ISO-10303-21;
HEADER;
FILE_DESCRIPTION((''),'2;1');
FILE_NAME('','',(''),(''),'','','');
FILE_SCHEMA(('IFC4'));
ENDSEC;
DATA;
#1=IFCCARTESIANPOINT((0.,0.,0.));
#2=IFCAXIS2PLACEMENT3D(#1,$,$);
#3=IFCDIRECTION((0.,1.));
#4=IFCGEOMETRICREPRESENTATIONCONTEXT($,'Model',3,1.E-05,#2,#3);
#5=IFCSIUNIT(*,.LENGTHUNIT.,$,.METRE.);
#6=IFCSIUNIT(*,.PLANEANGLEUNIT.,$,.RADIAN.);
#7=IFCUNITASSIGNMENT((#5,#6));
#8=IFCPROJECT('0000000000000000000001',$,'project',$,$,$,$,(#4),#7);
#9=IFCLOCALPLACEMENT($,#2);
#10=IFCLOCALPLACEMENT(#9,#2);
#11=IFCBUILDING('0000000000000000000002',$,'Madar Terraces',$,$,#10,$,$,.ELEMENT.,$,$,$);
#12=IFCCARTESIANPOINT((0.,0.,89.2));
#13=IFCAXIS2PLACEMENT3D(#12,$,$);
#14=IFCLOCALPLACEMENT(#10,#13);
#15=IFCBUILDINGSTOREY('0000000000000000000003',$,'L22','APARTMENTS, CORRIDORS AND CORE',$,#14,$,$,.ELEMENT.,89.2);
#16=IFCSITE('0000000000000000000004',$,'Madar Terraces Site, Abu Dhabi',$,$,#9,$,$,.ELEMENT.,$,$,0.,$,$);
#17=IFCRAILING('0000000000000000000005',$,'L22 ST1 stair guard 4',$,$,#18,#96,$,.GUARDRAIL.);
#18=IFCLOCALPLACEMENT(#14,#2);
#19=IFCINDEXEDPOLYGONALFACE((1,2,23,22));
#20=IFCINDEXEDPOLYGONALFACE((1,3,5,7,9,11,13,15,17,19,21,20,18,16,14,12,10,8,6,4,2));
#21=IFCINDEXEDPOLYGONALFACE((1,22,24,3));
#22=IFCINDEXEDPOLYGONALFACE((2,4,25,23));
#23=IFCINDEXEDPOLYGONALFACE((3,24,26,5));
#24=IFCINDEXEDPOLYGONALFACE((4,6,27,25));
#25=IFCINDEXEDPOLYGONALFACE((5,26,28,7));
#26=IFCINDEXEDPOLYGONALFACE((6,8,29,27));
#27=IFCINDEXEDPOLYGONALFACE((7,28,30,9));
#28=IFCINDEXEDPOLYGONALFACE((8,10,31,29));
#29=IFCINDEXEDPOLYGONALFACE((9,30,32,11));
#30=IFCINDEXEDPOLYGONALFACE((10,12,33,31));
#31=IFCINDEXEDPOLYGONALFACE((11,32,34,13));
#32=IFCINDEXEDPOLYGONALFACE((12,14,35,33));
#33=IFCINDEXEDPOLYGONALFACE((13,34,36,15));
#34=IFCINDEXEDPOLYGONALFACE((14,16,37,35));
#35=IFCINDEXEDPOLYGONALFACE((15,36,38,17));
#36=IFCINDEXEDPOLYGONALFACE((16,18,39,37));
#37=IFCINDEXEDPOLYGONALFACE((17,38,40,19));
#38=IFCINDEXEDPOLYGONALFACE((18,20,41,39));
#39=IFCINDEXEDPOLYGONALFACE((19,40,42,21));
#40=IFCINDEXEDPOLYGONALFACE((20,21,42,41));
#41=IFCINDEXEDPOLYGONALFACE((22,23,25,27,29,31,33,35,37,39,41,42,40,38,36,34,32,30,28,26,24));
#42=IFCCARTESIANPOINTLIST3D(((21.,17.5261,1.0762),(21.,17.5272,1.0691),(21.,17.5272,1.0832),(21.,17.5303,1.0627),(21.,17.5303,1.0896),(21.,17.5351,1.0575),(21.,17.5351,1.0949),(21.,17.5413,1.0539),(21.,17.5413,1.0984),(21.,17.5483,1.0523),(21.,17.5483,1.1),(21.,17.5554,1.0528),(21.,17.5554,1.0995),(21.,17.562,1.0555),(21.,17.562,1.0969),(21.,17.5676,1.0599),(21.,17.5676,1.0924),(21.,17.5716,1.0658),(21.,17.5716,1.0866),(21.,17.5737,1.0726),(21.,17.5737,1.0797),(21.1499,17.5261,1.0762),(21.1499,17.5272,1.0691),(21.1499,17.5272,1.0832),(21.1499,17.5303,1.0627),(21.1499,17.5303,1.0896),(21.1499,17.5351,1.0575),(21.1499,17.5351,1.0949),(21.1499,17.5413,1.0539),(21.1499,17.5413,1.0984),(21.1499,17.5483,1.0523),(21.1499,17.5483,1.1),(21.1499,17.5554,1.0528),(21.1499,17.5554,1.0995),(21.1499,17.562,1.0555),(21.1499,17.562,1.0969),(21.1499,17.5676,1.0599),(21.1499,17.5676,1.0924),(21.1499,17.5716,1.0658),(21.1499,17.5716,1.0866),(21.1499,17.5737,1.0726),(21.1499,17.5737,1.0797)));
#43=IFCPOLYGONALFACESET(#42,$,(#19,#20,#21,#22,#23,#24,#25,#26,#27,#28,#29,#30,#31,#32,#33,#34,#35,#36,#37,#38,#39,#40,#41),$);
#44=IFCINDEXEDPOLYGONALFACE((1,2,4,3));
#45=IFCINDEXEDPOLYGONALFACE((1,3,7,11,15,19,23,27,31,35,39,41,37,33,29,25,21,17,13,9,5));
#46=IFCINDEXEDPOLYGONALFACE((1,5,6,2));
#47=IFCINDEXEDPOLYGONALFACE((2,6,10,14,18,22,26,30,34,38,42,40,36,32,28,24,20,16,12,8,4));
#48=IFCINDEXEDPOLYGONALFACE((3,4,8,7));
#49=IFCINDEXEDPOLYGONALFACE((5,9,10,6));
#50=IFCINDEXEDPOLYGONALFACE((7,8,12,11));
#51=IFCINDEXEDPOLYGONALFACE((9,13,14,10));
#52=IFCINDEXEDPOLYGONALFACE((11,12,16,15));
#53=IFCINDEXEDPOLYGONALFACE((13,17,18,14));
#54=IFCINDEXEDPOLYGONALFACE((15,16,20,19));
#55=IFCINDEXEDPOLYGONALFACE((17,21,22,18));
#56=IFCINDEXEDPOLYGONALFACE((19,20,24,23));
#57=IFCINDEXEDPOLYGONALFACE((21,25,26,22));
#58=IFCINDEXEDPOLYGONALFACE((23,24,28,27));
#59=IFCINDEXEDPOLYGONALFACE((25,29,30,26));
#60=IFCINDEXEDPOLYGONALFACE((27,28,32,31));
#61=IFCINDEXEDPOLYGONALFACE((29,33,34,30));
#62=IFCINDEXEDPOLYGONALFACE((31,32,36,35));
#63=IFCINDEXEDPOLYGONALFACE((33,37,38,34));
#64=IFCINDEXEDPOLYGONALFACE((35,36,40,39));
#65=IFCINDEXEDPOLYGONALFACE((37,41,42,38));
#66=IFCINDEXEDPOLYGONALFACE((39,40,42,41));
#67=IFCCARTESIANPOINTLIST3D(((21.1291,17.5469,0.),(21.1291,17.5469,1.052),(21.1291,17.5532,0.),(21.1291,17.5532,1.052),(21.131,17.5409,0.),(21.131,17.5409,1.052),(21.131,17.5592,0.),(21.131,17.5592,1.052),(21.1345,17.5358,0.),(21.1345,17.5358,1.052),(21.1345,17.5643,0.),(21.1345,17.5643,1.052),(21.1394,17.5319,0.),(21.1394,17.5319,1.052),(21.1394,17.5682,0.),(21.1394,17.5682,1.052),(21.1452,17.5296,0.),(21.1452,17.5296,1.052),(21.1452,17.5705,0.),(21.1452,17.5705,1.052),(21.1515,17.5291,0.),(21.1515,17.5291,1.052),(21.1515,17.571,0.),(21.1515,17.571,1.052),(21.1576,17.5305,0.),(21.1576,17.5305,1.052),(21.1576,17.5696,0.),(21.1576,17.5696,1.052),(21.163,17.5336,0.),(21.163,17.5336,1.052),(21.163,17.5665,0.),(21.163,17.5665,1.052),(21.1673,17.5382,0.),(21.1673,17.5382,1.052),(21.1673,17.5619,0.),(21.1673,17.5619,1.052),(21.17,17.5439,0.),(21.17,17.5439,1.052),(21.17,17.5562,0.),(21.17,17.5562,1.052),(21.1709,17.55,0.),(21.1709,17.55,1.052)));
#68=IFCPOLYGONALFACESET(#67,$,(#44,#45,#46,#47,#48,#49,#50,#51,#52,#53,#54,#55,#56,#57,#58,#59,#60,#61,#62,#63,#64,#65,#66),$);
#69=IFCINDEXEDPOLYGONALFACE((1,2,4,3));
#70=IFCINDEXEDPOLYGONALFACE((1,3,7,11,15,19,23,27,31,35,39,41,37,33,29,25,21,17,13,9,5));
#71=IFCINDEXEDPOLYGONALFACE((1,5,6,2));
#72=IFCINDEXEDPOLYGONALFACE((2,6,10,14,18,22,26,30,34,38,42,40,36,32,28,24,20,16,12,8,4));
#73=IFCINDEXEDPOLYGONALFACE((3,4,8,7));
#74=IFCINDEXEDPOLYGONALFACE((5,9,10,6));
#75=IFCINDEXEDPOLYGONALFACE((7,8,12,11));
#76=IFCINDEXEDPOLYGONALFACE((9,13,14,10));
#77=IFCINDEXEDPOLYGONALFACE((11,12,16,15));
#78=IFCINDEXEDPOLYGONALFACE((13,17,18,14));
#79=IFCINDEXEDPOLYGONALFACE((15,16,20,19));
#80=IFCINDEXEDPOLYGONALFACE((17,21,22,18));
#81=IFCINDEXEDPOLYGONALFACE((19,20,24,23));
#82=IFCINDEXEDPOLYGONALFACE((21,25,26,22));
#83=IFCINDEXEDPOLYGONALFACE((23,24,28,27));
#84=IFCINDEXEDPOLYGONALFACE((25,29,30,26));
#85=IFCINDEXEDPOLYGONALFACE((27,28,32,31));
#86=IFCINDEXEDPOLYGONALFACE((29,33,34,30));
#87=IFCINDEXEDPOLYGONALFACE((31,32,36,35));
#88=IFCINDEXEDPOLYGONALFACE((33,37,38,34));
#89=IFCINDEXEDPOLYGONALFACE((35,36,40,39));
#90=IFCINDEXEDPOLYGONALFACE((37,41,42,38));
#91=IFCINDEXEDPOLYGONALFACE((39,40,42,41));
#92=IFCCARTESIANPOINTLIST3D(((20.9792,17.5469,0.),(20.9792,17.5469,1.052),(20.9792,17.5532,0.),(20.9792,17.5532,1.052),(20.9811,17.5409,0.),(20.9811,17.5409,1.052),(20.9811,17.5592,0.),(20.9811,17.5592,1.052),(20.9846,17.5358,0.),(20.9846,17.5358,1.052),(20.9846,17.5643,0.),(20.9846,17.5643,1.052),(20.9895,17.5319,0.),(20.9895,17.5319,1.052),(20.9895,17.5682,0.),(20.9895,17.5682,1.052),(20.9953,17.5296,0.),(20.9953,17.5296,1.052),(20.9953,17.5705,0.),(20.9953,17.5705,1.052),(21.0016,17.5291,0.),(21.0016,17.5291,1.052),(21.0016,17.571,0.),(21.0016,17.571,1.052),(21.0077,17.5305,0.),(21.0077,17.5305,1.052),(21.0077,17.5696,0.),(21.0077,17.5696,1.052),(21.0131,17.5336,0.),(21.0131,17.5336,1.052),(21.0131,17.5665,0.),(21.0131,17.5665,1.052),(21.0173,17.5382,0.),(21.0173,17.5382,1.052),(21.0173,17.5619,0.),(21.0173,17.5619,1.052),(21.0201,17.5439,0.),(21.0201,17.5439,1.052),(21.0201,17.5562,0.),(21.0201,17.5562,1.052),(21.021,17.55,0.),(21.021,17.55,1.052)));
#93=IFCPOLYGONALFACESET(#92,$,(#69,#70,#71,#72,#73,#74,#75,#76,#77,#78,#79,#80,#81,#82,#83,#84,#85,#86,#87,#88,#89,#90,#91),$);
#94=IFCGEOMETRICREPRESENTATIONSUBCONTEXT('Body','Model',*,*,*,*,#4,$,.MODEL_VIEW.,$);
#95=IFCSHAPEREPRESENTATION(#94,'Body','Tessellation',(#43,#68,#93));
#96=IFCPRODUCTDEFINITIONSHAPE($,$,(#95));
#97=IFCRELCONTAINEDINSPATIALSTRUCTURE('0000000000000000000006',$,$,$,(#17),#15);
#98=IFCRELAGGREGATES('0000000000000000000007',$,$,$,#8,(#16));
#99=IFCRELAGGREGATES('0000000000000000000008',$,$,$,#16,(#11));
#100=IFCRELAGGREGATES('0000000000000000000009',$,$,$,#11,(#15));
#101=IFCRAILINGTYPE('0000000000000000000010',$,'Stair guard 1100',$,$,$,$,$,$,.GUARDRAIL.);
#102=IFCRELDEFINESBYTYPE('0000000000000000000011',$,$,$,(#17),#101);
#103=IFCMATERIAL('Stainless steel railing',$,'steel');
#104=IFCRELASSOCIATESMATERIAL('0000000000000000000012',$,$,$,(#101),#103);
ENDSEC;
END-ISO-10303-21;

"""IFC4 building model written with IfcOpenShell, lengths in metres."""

from ifc_helpers import new_model, si_unit, direction, frame, origin, origin_2d, place, context, subcontext, project, spatial, circle, extrude, material, type_object, element, save


model = new_model("IFC4")

# Units and contexts
model_context = context("Model", 3, precision=1e-05, world=origin(), true_north=direction((0.0, 1.0)))
body_context = subcontext(model_context, "Body", "Model", "MODEL_VIEW")
ifc_project = project(units=[si_unit("LENGTHUNIT", "METRE"), si_unit("PLANEANGLEUNIT", "RADIAN")], contexts=[model_context])

# Site, building, storey
site_placement = place(None, origin())
site = spatial("IfcSite", under=ifc_project, at=site_placement, Name="Madar Terraces Site, Abu Dhabi", CompositionType="ELEMENT", RefElevation=0.0)
building_placement = place(site_placement, origin())
building = spatial("IfcBuilding", under=site, at=building_placement, Name="Madar Terraces", CompositionType="ELEMENT")
storey_placement = place(building_placement, frame((0.0, 0.0, 89.2)))
storey = spatial("IfcBuildingStorey", under=building, at=storey_placement, Name="L22", Description="APARTMENTS, CORRIDORS AND CORE", CompositionType="ELEMENT", Elevation=89.2)

# Railing
ifc_material_1 = material(Name="Stainless steel railing", Category="steel")
railing_type_1 = type_object("IfcRailingType", Name="Stair guard 1100", PredefinedType="GUARDRAIL", material=ifc_material_1)
railing_1_placement = place(storey_placement, frame((21.1499, 17.55, 0.0)))
element("IfcRailing", 1, at=railing_1_placement, inside=storey, type_object=railing_type_1, Name="L22 ST1 stair guard 4", PredefinedType="GUARDRAIL", context=body_context, shape_type="SweptSolid", body=[
    extrude(circle(Radius=0.0239, at=origin_2d()), frame((0.0, 0.0, 1.0762), z_axis=(-1.0, 0.0, 0.0), x_axis=(0.0, -1.0, 0.0)), (0.0, 0.0, 1.0), 0.1499),
    extrude(circle(Radius=0.021, at=origin_2d()), origin(), (0.0, 0.0, 1.0), 1.052),
    extrude(circle(Radius=0.021, at=origin_2d()), frame((-0.1499, 0.0, 0.0)), (0.0, 0.0, 1.0), 1.052),
])

save(model, "model.ifc")
